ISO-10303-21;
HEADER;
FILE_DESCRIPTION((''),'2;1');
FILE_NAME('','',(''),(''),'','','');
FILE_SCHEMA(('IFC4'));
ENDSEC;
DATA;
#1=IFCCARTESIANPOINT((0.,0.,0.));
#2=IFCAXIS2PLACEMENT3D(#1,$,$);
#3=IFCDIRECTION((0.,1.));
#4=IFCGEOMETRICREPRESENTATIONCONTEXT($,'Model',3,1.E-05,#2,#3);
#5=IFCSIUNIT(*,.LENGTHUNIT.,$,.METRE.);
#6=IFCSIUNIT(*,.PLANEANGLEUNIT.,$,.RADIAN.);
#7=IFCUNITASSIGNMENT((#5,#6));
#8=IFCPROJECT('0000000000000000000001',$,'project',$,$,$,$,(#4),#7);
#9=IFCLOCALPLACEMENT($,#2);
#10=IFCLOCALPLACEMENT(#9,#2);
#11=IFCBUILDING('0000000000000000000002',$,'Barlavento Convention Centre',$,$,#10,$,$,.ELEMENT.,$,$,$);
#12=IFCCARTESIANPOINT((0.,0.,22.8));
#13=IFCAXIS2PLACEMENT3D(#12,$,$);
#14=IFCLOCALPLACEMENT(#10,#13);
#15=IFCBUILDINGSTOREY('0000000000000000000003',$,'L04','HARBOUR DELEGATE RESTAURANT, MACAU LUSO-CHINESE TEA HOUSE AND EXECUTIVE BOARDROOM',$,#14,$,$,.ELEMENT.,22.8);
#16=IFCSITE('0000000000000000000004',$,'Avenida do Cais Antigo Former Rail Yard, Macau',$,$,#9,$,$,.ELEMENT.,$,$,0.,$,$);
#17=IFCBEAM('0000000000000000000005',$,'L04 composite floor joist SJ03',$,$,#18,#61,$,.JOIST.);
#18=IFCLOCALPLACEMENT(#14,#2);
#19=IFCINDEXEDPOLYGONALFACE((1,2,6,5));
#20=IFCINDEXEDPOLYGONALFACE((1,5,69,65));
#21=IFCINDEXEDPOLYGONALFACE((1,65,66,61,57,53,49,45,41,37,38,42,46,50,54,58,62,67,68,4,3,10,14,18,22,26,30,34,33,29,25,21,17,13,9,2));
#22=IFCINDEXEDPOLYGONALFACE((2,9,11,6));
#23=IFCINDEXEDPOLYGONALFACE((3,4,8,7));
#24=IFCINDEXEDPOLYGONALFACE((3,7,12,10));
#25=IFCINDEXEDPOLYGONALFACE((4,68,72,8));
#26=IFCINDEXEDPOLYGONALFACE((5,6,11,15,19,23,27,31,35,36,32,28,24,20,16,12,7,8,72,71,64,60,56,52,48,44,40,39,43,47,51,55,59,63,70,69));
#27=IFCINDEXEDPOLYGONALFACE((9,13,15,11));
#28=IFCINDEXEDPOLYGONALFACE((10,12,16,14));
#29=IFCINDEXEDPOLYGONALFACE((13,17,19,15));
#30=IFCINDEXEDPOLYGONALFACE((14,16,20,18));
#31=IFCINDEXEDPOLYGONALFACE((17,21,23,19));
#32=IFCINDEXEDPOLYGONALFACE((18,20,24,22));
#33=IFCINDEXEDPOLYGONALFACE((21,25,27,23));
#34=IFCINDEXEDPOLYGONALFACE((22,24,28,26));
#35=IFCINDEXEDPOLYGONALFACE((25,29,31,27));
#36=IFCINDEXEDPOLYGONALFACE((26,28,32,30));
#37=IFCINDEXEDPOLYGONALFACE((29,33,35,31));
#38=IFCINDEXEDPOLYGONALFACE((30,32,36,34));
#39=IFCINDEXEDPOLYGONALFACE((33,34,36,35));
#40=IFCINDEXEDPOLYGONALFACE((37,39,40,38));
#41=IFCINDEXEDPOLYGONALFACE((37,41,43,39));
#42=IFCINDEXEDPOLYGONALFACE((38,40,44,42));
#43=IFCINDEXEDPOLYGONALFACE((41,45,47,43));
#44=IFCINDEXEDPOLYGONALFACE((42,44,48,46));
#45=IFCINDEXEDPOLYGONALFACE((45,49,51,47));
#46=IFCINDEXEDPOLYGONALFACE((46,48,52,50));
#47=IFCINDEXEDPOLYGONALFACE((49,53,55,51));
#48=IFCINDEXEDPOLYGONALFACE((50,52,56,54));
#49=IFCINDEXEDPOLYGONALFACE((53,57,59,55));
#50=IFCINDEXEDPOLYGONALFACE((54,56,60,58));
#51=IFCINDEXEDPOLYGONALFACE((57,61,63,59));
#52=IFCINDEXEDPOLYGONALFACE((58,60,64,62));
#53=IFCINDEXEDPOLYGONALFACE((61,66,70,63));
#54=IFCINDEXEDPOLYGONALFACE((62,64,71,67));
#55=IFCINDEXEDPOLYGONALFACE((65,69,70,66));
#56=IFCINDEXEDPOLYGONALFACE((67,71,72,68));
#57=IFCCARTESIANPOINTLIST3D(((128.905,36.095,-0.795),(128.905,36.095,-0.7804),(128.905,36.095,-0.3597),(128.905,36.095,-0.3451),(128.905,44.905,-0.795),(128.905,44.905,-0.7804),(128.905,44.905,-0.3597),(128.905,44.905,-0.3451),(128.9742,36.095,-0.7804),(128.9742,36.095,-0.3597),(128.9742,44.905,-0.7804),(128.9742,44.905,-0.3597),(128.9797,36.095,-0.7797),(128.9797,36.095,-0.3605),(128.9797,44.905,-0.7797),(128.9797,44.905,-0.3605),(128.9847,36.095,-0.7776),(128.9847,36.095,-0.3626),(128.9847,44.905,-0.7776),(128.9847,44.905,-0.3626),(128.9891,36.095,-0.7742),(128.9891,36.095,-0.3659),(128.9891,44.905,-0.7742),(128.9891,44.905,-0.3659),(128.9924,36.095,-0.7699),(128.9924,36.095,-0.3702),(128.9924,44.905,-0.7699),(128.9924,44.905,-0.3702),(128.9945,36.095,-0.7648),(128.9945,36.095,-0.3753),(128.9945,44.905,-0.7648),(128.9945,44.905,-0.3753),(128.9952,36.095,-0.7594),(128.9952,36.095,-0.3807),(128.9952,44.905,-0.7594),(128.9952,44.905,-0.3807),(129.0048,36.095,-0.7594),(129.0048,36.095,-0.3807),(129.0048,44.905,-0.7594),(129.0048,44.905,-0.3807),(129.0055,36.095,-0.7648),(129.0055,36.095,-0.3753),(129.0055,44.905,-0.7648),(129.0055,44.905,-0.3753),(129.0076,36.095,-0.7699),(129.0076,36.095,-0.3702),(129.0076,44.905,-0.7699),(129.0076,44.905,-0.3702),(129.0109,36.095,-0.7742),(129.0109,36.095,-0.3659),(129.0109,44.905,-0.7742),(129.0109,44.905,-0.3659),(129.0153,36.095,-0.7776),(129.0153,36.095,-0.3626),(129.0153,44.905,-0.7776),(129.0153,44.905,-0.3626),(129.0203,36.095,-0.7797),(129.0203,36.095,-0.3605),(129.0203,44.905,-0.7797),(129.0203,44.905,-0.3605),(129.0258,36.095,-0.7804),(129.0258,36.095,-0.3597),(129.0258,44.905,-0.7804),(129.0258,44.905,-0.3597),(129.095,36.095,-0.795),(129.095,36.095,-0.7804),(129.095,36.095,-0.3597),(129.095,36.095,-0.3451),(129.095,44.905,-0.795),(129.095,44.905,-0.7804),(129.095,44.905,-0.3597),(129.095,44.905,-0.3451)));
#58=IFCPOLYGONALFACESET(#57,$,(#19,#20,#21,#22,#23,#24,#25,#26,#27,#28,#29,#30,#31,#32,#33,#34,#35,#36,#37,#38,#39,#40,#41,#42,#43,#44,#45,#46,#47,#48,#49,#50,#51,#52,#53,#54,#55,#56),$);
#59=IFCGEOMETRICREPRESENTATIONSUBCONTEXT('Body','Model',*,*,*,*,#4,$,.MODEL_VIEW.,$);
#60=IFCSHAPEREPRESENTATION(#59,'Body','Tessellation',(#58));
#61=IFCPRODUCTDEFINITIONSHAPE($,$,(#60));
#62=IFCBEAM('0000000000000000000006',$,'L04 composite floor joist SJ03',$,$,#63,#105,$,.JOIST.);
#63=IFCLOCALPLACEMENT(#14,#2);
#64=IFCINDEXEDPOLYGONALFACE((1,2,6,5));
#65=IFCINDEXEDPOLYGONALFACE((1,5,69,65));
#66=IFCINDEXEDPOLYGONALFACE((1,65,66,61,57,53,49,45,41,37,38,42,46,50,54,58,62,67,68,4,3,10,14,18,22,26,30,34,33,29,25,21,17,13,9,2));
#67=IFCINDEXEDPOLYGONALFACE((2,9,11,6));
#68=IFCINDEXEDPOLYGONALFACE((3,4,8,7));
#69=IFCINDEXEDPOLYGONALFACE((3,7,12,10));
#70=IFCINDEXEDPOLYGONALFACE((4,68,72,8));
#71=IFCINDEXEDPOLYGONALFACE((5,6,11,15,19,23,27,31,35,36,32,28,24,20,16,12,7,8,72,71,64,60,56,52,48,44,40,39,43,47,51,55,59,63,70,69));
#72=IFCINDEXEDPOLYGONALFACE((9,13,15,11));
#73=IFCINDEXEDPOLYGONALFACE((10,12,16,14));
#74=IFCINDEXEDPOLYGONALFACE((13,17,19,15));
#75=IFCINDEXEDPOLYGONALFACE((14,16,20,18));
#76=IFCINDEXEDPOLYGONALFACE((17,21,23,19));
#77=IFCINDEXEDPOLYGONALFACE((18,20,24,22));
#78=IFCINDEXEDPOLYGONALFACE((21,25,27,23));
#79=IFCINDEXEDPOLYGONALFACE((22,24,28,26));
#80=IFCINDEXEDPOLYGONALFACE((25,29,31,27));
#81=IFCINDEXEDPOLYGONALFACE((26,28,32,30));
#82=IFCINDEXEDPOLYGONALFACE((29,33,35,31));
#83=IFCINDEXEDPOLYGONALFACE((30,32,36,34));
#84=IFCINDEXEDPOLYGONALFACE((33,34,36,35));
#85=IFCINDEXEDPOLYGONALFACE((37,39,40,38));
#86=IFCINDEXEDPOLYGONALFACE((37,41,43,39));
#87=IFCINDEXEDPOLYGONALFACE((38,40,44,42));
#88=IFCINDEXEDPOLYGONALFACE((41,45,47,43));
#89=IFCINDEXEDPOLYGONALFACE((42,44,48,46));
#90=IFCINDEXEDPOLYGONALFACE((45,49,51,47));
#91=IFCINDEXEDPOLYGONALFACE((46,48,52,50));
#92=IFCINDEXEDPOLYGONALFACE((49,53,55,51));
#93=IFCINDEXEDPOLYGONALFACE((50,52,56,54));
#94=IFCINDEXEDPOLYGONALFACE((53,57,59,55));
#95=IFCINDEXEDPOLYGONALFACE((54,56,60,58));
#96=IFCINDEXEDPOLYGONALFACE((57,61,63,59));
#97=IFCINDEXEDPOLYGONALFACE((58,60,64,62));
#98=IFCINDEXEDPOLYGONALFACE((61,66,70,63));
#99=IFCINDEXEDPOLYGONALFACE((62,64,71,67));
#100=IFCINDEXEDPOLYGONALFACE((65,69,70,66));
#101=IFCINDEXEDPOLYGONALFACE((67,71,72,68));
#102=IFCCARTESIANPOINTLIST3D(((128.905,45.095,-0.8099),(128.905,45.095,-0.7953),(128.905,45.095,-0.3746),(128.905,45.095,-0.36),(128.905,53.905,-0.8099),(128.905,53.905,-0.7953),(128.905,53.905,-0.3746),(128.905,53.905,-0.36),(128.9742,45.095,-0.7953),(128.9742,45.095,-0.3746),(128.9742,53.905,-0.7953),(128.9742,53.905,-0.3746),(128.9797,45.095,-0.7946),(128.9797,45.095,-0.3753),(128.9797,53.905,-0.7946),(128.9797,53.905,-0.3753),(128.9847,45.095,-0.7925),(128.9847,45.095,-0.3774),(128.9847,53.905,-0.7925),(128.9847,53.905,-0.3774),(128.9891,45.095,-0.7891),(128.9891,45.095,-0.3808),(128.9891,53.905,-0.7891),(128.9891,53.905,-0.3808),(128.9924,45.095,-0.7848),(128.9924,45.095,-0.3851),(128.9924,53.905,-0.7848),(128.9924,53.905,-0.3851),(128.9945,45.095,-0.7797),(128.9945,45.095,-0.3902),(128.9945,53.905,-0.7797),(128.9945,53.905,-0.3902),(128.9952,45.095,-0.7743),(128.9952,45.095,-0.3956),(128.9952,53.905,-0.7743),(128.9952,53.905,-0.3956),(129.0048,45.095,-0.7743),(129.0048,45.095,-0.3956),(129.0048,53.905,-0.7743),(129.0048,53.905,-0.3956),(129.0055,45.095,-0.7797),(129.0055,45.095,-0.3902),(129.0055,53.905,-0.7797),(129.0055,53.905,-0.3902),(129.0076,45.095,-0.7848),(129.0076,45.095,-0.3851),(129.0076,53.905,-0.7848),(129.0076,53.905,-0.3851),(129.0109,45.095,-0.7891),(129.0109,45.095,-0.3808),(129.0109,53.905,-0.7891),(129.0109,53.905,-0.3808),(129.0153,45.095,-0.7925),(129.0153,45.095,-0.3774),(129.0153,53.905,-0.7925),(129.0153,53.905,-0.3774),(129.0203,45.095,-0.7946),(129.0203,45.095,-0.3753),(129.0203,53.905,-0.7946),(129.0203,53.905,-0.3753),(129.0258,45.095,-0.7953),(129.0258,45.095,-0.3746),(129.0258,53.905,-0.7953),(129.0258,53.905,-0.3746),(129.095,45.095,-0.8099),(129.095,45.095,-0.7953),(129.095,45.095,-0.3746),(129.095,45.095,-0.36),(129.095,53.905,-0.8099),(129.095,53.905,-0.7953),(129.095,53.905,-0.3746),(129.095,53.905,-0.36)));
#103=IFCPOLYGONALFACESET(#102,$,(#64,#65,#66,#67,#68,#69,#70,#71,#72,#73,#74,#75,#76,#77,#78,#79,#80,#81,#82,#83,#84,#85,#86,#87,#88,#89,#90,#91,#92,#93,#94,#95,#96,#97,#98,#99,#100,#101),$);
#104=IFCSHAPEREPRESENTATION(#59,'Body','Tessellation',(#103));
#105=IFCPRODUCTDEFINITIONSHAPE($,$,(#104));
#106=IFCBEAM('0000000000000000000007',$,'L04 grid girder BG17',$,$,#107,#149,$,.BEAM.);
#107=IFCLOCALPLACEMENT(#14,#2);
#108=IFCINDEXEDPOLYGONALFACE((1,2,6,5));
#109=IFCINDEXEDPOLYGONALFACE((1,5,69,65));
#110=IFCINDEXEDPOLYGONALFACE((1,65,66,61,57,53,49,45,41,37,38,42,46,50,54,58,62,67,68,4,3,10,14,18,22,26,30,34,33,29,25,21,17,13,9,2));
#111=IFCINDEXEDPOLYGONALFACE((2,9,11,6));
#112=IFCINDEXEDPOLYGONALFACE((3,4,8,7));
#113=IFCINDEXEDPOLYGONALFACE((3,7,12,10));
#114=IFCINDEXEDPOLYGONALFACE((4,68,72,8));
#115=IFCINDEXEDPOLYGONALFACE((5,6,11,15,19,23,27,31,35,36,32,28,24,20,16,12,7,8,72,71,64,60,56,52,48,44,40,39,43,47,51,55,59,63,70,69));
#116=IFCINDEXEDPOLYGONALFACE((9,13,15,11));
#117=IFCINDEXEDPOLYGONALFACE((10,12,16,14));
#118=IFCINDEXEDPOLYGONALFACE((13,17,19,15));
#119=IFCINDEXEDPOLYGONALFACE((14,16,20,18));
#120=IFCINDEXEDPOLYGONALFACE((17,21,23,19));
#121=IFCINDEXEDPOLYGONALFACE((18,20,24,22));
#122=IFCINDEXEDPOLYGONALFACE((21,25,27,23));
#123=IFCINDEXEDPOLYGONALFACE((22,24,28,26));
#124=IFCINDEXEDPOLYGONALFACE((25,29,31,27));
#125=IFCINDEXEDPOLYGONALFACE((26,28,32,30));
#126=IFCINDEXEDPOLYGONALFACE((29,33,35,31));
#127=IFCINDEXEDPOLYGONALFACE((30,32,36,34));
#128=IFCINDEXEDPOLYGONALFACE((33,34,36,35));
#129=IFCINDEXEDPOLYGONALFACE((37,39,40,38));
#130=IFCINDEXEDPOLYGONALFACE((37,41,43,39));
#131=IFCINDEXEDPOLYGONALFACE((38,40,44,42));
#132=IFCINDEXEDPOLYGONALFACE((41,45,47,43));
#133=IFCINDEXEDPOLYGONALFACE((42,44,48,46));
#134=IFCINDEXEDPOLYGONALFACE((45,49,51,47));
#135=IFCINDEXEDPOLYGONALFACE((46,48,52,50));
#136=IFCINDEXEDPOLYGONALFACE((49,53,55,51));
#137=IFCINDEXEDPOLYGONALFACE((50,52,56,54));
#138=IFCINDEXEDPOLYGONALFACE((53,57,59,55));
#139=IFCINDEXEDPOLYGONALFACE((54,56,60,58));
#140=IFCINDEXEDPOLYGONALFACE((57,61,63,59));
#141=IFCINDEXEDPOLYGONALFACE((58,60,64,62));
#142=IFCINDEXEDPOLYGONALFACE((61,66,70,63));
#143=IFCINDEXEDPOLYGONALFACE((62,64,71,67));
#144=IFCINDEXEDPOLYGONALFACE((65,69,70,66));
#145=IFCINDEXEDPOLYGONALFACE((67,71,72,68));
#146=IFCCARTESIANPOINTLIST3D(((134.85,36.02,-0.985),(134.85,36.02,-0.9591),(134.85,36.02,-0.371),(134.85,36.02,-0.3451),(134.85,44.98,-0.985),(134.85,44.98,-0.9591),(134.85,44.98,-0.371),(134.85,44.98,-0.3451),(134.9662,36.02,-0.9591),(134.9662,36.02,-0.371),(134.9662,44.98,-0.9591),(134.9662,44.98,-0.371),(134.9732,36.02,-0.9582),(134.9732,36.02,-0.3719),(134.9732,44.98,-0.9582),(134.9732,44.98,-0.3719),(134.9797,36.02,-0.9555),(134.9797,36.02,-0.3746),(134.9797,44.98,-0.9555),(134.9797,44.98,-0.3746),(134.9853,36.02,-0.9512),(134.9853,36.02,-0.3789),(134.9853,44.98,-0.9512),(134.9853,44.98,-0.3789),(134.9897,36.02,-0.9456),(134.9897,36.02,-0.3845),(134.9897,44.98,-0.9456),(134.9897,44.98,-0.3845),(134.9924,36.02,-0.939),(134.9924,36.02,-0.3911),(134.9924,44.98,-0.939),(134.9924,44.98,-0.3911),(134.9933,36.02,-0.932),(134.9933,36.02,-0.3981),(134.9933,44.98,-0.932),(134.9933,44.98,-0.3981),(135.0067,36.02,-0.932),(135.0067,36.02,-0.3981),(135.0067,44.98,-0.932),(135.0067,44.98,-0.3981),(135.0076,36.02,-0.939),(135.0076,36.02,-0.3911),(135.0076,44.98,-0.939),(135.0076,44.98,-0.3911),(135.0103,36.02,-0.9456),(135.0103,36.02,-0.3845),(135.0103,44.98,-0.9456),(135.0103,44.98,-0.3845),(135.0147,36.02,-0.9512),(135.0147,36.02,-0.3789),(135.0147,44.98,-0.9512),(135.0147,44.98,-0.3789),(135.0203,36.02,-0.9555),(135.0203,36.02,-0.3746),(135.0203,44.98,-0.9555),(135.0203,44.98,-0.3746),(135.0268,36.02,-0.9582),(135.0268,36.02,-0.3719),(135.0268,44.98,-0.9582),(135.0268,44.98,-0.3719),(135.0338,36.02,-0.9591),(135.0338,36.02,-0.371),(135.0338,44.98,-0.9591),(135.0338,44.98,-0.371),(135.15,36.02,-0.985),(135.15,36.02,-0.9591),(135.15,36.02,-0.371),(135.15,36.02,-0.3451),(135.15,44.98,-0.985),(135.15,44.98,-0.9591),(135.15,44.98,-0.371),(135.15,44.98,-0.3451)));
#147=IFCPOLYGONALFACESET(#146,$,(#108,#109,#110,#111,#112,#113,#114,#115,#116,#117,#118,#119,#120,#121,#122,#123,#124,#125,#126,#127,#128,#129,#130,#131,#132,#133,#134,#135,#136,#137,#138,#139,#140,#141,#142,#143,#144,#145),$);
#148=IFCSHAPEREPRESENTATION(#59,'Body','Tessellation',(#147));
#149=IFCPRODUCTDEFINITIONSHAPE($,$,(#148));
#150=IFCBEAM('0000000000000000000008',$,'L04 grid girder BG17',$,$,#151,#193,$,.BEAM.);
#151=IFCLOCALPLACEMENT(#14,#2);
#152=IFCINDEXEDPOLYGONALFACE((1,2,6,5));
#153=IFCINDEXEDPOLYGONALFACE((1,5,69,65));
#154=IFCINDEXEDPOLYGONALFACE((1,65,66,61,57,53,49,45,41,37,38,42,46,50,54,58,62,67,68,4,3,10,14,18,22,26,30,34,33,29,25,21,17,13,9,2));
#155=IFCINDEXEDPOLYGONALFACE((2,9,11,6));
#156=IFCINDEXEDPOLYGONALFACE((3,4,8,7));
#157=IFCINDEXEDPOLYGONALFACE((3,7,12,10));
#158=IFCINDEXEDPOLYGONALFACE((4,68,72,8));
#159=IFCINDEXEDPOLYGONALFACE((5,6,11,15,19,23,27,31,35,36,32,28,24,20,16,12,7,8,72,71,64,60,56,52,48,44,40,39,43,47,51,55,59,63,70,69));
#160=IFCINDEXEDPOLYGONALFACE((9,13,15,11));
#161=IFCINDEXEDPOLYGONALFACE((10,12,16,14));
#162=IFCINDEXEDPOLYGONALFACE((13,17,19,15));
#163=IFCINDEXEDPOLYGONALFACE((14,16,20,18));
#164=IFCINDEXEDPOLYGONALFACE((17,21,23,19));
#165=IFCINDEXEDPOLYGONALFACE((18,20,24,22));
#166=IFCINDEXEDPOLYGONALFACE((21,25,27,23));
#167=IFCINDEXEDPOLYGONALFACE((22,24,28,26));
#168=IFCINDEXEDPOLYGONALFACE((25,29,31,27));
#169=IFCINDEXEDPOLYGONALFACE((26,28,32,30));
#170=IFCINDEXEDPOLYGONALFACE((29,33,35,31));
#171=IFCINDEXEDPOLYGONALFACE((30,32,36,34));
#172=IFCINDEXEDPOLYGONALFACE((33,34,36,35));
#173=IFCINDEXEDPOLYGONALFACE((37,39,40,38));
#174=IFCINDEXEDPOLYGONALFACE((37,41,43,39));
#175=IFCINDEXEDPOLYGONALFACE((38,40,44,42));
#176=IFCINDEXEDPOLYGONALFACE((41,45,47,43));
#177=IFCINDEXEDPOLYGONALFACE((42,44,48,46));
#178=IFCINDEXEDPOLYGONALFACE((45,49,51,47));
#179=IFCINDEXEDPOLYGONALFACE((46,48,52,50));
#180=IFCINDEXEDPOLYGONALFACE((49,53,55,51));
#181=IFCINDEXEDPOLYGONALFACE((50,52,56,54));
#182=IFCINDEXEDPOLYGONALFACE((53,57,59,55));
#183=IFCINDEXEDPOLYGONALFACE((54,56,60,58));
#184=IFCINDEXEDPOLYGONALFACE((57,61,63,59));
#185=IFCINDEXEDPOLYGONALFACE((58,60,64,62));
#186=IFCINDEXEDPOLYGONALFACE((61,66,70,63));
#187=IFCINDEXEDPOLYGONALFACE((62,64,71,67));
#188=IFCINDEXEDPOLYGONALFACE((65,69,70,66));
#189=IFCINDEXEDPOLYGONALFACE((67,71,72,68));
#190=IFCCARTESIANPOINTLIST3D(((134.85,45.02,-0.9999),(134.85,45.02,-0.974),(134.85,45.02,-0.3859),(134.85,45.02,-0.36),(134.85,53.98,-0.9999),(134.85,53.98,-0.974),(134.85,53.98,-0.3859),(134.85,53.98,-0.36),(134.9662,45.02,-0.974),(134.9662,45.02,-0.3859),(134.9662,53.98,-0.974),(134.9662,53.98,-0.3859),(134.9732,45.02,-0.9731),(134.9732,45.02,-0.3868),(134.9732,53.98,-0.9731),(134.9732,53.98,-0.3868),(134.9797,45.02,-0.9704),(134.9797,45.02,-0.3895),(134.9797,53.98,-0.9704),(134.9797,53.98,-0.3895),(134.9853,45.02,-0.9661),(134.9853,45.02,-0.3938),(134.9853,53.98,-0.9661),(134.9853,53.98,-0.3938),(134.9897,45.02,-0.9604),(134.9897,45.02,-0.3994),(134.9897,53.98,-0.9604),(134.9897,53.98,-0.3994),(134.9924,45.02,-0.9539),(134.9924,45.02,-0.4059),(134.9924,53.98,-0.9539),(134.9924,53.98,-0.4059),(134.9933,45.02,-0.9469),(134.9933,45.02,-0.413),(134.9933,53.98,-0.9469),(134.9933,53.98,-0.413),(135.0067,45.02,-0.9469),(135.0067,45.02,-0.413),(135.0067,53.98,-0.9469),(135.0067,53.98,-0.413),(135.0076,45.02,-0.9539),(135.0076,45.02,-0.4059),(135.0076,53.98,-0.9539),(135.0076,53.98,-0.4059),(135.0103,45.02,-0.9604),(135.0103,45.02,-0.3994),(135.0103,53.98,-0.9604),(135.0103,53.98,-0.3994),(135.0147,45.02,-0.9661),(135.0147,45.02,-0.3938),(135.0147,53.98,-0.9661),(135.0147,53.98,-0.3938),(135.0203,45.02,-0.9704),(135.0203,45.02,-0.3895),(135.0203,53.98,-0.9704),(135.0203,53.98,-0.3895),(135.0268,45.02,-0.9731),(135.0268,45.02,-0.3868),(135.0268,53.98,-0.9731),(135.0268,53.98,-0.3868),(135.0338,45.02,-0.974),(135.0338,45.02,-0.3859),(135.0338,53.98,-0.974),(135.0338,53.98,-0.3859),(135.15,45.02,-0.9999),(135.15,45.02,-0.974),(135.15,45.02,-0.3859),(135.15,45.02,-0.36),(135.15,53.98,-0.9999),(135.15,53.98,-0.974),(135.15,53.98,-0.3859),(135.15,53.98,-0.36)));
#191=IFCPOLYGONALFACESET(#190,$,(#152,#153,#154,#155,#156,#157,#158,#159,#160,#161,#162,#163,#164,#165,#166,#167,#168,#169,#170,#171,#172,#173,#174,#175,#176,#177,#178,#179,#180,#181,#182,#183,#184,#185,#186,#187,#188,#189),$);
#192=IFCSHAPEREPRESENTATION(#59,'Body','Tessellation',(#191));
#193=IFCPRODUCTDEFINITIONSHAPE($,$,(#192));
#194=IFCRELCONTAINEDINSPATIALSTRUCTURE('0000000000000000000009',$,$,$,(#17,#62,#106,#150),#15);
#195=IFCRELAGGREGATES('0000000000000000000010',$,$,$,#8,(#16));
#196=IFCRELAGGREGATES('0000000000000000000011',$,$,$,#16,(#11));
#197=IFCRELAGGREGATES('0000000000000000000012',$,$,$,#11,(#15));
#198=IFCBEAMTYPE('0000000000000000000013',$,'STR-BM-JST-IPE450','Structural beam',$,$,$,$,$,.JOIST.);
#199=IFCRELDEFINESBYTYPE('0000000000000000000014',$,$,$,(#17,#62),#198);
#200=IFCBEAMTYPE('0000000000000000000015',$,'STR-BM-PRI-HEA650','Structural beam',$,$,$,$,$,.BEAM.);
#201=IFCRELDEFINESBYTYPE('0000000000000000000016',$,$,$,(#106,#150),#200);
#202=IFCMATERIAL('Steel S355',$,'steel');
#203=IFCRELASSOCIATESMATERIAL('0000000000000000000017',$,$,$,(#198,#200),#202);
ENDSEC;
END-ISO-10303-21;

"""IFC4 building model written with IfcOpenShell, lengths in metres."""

from ifc_helpers import new_model, si_unit, direction, frame, origin, origin_2d, place, context, subcontext, project, spatial, i_section, extrude, material, material_profile, profile_set, type_object, element, save


model = new_model("IFC4")

# Units and contexts
model_context = context("Model", 3, precision=1e-05, world=origin(), true_north=direction((0.0, 1.0)))
body_context = subcontext(model_context, "Body", "Model", "MODEL_VIEW")
ifc_project = project(units=[si_unit("LENGTHUNIT", "METRE"), si_unit("PLANEANGLEUNIT", "RADIAN")], contexts=[model_context])

# Site, building, storey
site_placement = place(None, origin())
site = spatial("IfcSite", under=ifc_project, at=site_placement, Name="Avenida do Cais Antigo Former Rail Yard, Macau", CompositionType="ELEMENT", RefElevation=0.0)
building_placement = place(site_placement, origin())
building = spatial("IfcBuilding", under=site, at=building_placement, Name="Barlavento Convention Centre", CompositionType="ELEMENT")
storey_placement = place(building_placement, frame((0.0, 0.0, 22.8)))
storey = spatial("IfcBuildingStorey", under=building, at=storey_placement, Name="L04", Description="HARBOUR DELEGATE RESTAURANT, MACAU LUSO-CHINESE TEA HOUSE AND EXECUTIVE BOARDROOM", CompositionType="ELEMENT", Elevation=22.8)

# Beams
ifc_material_1 = material(Name="Steel S355", Category="steel")
ifc_material_profile_1 = material_profile(ifc_material_1, i_section(OverallWidth=0.1899, OverallDepth=0.45, WebThickness=0.0095, FlangeThickness=0.0146, FilletRadius=0.021, at=origin_2d()), Name="IPE 450")
ifc_profile_set_1 = profile_set([ifc_material_profile_1], Name="Steel S355")
beam_type_1 = type_object("IfcBeamType", Name="STR-BM-JST-IPE450", Description="Structural beam", PredefinedType="JOIST", material=ifc_profile_set_1)
for number, where, z_axis, x_axis, name in (
    (1, (129.0, 36.095, -0.5701), (0.0, 1.0, 0.0), (-1.0, 0.0, 0.0), "L04 composite floor joist SJ03"),
    (2, (129.0, 45.095, -0.585), (0.0, 1.0, 0.0), (-1.0, 0.0, 0.0), "L04 composite floor joist SJ03"),
):
    element("IfcBeam", number, at=place(storey_placement, frame(where, z_axis=z_axis, x_axis=x_axis)), inside=storey, type_object=beam_type_1, Name=name, PredefinedType="JOIST", context=body_context, shape_type="SweptSolid", body=[
        extrude(i_section(OverallWidth=0.1899, OverallDepth=0.45, WebThickness=0.0095, FlangeThickness=0.0146, FilletRadius=0.021, at=origin_2d()), origin(), (0.0, 0.0, 1.0), 8.8101),
    ])
ifc_material_profile_2 = material_profile(ifc_material_1, i_section(OverallWidth=0.3, OverallDepth=0.6399, WebThickness=0.0134, FlangeThickness=0.0259, FilletRadius=0.0271, at=origin_2d()), Name="HEA 650")
ifc_profile_set_2 = profile_set([ifc_material_profile_2], Name="Steel S355")
beam_type_2 = type_object("IfcBeamType", Name="STR-BM-PRI-HEA650", Description="Structural beam", PredefinedType="BEAM", material=ifc_profile_set_2)
for number, where, z_axis, x_axis, name in (
    (3, (135.0, 36.02, -0.665), (0.0, 1.0, 0.0), (-1.0, 0.0, 0.0), "L04 grid girder BG17"),
    (4, (135.0, 45.02, -0.6799), (0.0, 1.0, 0.0), (-1.0, 0.0, 0.0), "L04 grid girder BG17"),
):
    element("IfcBeam", number, at=place(storey_placement, frame(where, z_axis=z_axis, x_axis=x_axis)), inside=storey, type_object=beam_type_2, Name=name, PredefinedType="BEAM", context=body_context, shape_type="SweptSolid", body=[
        extrude(i_section(OverallWidth=0.3, OverallDepth=0.6399, WebThickness=0.0134, FlangeThickness=0.0259, FilletRadius=0.0271, at=origin_2d()), origin(), (0.0, 0.0, 1.0), 8.96),
    ])

save(model, "model.ifc")
